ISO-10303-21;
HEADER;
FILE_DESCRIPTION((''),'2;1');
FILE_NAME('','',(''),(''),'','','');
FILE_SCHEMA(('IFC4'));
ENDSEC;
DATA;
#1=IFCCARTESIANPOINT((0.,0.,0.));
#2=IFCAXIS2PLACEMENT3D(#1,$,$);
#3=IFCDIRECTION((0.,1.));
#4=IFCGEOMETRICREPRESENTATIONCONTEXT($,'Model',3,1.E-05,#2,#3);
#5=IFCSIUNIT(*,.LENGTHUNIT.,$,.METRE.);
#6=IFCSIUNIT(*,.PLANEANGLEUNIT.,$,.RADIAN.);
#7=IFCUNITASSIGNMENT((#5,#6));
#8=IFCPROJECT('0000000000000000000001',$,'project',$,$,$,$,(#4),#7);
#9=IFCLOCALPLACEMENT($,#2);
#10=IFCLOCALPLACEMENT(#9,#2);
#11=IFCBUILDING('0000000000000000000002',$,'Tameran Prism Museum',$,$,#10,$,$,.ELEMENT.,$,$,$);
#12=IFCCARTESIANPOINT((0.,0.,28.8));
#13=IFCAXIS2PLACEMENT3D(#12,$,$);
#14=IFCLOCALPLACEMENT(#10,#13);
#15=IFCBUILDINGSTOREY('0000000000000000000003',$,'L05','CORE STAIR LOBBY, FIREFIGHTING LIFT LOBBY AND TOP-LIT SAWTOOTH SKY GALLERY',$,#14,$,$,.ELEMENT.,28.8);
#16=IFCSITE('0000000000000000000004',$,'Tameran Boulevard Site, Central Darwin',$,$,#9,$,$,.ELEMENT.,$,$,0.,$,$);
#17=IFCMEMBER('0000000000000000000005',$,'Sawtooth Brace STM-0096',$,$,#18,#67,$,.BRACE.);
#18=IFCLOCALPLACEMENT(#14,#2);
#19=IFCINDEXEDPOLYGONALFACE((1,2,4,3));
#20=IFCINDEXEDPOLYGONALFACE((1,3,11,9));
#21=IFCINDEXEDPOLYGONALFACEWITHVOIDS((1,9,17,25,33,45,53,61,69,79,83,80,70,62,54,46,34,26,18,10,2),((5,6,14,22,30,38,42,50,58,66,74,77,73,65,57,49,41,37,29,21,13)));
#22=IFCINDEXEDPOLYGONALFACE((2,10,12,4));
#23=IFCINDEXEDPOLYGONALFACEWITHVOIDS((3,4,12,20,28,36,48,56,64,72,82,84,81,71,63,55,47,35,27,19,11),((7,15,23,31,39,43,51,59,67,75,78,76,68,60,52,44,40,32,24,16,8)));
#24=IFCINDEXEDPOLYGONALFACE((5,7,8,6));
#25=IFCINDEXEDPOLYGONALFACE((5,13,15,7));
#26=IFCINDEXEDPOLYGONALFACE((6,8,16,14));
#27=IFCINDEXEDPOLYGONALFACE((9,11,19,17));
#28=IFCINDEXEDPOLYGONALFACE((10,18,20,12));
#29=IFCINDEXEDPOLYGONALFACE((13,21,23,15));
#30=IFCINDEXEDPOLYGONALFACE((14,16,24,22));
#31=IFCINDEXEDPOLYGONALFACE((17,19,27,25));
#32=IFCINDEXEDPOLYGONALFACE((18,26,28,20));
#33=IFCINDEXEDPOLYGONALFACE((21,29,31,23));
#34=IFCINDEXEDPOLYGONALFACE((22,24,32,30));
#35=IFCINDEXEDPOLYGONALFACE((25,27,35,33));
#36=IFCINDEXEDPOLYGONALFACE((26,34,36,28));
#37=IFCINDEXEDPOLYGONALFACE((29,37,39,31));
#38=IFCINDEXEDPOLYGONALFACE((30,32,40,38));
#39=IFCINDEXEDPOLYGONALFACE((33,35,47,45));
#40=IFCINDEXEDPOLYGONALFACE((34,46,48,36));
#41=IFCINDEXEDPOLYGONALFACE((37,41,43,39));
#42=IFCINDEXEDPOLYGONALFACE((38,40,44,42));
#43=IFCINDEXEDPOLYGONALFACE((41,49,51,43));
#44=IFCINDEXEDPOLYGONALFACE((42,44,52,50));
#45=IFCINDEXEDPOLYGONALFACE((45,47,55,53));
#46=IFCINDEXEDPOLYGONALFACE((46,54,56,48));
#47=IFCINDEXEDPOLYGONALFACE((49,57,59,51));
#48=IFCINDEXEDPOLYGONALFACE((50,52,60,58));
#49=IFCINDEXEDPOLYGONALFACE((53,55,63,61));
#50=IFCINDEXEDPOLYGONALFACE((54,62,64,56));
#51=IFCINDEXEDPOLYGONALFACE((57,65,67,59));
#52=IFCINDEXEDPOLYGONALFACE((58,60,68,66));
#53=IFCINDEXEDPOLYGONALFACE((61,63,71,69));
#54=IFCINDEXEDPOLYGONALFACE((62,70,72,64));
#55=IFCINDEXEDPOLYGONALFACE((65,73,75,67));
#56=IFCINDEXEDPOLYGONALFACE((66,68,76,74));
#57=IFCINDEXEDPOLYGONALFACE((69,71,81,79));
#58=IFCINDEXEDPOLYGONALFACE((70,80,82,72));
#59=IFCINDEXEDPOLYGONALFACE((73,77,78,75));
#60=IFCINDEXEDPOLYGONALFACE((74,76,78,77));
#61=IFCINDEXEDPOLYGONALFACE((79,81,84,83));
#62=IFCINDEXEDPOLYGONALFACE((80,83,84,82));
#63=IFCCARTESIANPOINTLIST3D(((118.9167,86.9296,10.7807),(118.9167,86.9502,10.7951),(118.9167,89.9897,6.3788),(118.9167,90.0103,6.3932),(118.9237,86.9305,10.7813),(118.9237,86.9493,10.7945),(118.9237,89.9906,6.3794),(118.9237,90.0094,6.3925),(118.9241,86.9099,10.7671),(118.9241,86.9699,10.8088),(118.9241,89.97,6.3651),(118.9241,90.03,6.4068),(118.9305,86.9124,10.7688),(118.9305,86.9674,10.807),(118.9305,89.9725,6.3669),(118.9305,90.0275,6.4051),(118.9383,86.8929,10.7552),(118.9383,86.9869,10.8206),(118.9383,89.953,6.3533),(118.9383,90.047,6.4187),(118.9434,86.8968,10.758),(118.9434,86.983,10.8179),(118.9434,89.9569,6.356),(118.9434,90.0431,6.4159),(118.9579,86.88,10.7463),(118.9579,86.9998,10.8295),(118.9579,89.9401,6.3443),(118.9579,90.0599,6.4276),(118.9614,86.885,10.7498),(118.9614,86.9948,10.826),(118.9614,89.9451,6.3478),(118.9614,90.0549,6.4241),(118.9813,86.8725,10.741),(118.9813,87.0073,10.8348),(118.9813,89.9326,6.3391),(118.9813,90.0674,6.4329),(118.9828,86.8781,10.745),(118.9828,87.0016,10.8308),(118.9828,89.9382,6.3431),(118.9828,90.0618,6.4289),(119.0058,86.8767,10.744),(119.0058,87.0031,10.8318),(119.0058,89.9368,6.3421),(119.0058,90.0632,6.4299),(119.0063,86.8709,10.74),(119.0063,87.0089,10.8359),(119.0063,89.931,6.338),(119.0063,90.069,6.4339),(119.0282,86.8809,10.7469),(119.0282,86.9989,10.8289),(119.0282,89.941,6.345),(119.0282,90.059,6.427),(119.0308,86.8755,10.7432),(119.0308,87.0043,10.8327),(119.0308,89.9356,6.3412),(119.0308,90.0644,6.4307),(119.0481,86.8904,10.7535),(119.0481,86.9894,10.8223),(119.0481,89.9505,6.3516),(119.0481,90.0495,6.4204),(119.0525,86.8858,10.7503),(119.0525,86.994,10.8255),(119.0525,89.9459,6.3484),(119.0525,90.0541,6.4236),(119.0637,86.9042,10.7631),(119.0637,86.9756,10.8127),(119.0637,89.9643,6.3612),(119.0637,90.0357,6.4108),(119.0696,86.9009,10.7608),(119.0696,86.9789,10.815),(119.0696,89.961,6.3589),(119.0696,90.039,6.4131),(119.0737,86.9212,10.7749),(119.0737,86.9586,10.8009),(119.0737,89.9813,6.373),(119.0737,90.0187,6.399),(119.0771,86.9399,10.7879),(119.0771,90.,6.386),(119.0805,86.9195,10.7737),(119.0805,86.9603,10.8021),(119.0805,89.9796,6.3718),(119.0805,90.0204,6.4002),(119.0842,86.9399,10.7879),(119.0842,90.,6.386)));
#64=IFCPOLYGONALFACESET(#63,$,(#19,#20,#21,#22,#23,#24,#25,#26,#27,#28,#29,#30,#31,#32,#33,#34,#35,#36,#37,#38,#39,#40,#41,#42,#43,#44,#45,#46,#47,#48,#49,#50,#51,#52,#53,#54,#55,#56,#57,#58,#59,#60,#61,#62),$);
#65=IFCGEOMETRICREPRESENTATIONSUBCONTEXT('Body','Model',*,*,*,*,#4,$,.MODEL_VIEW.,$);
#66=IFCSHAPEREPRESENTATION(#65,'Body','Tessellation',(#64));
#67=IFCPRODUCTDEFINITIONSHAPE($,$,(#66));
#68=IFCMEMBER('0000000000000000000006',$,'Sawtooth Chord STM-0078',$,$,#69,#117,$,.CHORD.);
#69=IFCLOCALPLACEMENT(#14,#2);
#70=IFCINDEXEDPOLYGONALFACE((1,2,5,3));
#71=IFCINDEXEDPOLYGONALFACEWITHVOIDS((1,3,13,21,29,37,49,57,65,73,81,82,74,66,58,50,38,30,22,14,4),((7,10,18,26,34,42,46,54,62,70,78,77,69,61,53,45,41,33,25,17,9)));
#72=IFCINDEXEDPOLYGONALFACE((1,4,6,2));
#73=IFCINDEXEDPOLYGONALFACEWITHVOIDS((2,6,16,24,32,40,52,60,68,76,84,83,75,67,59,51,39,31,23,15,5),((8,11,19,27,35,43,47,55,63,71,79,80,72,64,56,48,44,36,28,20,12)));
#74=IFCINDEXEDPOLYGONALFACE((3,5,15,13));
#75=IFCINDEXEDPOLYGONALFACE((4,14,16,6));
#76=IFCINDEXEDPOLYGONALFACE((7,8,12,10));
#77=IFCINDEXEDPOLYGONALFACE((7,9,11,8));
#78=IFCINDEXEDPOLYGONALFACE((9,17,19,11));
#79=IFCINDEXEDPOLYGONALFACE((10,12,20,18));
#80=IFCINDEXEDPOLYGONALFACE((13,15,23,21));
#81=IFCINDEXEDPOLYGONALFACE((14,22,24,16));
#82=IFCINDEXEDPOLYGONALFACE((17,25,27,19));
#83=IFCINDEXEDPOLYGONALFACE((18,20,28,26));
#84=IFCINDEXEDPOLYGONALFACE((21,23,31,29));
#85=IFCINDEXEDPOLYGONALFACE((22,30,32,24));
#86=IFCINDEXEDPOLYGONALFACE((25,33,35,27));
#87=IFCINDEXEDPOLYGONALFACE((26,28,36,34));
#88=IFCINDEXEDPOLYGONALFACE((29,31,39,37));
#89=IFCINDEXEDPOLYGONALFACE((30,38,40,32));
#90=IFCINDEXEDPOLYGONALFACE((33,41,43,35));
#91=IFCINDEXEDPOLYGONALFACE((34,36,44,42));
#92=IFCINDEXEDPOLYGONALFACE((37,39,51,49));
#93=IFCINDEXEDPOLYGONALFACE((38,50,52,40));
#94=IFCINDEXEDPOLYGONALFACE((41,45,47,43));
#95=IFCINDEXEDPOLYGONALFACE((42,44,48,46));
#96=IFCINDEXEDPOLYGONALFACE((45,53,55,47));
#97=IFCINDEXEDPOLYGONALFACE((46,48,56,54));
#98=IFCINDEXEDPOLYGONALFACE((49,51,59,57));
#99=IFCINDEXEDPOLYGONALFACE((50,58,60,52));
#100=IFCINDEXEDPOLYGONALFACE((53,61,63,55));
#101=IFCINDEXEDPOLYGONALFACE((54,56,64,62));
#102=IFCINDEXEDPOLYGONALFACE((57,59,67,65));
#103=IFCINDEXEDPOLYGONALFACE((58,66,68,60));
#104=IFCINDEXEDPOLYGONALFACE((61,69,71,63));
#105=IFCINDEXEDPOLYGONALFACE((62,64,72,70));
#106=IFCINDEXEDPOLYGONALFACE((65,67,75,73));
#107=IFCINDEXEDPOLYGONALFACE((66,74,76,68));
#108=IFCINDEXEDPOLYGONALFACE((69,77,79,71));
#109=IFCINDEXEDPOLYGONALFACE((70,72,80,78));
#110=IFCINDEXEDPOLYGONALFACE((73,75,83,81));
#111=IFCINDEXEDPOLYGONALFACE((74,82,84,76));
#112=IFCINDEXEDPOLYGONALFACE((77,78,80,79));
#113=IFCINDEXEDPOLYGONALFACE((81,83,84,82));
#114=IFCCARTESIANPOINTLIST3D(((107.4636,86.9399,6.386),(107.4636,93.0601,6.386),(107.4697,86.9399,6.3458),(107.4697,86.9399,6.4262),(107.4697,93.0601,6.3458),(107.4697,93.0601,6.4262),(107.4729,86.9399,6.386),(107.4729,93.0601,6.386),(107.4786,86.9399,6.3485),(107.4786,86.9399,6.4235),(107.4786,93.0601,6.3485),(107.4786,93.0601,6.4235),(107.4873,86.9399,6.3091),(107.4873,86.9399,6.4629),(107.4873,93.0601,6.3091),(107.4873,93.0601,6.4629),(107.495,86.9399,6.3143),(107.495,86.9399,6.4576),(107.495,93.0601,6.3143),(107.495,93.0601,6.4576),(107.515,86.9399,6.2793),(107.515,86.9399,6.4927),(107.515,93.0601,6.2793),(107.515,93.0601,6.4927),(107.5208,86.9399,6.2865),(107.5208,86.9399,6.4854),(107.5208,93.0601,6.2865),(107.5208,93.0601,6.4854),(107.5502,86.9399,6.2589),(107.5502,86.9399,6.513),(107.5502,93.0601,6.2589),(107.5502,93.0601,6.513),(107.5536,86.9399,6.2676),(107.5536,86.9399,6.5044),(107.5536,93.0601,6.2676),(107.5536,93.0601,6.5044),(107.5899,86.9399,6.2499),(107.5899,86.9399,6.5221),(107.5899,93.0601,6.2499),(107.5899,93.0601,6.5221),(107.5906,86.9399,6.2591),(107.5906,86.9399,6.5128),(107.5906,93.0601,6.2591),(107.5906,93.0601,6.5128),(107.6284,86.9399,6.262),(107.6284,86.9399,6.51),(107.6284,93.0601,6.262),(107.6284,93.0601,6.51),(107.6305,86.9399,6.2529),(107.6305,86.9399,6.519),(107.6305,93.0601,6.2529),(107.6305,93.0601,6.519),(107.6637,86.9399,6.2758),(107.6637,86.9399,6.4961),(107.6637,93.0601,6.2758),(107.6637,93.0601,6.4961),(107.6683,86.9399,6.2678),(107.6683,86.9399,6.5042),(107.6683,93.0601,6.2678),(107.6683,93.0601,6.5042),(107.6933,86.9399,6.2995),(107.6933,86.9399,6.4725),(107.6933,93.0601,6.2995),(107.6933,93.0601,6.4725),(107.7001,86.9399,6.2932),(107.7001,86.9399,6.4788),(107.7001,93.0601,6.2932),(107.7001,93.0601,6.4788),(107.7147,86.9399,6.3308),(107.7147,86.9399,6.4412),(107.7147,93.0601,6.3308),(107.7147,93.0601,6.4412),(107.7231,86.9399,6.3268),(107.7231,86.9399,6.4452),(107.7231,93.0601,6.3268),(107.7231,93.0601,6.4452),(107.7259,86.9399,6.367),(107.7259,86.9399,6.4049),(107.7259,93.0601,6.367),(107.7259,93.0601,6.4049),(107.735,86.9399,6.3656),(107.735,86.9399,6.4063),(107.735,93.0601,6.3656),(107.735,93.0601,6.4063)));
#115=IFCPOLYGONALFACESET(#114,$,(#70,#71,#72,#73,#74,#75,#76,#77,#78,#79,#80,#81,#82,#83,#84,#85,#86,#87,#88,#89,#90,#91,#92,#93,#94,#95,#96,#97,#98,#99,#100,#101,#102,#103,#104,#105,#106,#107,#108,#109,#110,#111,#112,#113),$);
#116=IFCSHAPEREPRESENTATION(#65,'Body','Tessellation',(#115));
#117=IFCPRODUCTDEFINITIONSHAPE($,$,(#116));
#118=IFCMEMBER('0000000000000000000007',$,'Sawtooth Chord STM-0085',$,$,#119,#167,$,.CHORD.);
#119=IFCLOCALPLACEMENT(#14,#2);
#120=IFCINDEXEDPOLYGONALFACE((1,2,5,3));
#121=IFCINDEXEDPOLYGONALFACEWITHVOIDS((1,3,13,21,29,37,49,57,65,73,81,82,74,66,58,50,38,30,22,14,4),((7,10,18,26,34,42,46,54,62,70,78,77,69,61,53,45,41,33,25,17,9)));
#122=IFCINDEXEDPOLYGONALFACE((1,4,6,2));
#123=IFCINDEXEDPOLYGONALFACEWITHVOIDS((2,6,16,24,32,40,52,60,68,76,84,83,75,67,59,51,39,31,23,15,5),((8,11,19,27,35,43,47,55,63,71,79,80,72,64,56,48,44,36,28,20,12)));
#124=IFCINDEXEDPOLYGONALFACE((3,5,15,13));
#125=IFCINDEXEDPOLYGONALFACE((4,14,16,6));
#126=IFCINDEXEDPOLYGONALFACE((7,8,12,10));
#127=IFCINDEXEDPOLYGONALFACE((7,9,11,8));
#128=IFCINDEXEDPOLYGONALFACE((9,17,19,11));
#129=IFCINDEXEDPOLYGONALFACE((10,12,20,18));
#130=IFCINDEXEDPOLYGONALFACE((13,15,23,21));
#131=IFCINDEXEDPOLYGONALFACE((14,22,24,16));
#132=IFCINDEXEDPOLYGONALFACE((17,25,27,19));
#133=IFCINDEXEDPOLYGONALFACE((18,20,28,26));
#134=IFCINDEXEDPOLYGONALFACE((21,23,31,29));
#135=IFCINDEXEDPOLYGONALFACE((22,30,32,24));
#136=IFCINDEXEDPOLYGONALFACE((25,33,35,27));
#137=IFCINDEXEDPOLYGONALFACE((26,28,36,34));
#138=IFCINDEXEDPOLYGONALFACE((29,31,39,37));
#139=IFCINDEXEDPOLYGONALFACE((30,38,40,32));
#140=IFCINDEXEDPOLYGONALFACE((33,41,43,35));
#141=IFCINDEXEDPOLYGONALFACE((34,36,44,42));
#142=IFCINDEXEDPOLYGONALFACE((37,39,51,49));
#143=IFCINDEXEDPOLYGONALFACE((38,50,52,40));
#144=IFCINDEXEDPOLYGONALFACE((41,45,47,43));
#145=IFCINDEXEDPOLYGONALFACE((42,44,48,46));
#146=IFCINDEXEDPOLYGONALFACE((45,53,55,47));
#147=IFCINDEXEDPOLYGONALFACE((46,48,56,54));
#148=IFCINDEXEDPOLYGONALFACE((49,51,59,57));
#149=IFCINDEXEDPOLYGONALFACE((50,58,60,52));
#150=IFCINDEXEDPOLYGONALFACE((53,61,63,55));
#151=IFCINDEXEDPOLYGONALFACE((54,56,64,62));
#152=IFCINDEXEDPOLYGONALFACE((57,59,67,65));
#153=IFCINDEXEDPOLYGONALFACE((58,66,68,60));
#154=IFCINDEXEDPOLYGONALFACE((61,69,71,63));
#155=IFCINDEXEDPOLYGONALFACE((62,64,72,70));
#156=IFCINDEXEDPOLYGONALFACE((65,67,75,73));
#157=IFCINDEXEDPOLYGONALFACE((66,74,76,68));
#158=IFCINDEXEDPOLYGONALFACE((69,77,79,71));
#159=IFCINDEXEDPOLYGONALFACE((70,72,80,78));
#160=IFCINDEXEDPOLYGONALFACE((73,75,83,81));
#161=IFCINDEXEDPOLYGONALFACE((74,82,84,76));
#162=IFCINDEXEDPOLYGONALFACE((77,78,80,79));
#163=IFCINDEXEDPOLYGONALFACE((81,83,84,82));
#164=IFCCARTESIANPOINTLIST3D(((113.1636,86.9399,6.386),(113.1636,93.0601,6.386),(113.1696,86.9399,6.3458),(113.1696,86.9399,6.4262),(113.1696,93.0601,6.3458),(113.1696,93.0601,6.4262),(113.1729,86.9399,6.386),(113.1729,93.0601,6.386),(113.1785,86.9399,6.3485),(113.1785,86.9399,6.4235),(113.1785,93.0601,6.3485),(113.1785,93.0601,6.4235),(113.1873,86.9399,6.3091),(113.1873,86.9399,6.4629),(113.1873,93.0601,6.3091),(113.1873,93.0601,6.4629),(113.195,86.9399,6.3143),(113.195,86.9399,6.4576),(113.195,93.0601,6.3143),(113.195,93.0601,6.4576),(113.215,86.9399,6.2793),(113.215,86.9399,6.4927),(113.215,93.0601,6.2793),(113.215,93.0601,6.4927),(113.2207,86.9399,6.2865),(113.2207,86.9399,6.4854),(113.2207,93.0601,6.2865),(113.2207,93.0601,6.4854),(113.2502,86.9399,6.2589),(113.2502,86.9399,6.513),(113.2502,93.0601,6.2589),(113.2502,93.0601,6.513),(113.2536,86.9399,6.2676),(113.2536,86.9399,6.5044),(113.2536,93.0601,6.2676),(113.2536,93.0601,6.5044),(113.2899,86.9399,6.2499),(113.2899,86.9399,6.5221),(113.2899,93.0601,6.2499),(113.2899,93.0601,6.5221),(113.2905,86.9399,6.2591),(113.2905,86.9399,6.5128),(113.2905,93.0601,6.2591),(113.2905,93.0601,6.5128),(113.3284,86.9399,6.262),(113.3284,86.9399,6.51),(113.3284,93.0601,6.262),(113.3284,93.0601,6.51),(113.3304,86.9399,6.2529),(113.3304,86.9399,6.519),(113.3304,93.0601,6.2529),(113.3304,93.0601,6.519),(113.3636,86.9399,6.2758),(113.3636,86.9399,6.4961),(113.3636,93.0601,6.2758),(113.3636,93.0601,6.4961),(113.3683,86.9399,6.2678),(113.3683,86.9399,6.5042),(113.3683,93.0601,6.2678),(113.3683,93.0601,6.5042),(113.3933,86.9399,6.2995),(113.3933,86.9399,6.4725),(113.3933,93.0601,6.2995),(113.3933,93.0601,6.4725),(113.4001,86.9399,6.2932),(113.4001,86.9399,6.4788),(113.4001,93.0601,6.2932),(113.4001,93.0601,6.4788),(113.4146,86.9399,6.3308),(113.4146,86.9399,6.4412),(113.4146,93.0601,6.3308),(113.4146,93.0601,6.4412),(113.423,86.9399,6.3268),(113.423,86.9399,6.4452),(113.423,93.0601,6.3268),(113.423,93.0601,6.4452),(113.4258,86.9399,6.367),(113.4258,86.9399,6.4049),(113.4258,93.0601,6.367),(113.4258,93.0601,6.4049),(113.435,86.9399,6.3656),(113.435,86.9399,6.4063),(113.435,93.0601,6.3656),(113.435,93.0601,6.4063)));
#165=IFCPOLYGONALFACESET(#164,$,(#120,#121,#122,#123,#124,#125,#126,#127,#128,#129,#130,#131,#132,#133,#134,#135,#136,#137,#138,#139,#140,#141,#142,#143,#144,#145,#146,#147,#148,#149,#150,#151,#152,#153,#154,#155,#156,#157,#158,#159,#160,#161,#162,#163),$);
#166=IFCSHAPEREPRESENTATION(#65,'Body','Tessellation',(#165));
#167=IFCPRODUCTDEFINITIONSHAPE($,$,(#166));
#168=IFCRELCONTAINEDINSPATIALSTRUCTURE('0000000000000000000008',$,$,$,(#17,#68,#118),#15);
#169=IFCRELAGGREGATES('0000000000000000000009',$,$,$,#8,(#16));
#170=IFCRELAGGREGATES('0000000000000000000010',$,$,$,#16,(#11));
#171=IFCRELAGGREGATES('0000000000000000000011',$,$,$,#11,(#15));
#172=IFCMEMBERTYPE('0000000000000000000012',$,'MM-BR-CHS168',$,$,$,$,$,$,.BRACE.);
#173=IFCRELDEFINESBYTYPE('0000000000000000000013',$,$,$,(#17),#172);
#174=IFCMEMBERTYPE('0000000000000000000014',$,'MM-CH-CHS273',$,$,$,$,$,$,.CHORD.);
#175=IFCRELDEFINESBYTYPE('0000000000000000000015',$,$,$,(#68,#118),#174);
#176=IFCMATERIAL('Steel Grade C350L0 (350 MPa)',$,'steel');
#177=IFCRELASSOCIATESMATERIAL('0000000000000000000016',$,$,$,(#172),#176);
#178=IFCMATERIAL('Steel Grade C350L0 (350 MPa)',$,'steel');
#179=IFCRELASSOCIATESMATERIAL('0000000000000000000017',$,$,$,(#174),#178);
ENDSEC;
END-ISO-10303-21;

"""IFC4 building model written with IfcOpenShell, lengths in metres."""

from ifc_helpers import new_model, si_unit, direction, frame, origin, origin_2d, place, context, subcontext, project, spatial, hollow_circle, extrude, material, material_profile, profile_set, type_object, element, save


model = new_model("IFC4")

# Units and contexts
model_context = context("Model", 3, precision=1e-05, world=origin(), true_north=direction((0.0, 1.0)))
body_context = subcontext(model_context, "Body", "Model", "MODEL_VIEW")
ifc_project = project(units=[si_unit("LENGTHUNIT", "METRE"), si_unit("PLANEANGLEUNIT", "RADIAN")], contexts=[model_context])

# Site, building, storey
site_placement = place(None, origin())
site = spatial("IfcSite", under=ifc_project, at=site_placement, Name="Tameran Boulevard Site, Central Darwin", CompositionType="ELEMENT", RefElevation=0.0)
building_placement = place(site_placement, origin())
building = spatial("IfcBuilding", under=site, at=building_placement, Name="Tameran Prism Museum", CompositionType="ELEMENT")
storey_placement = place(building_placement, frame((0.0, 0.0, 28.8)))
storey = spatial("IfcBuildingStorey", under=building, at=storey_placement, Name="L05", Description="CORE STAIR LOBBY, FIREFIGHTING LIFT LOBBY AND TOP-LIT SAWTOOTH SKY GALLERY", CompositionType="ELEMENT", Elevation=28.8)

# Members
ifc_material_1 = material(Name="Steel Grade C350L0 (350 MPa)", Category="steel")
ifc_material_profile_1 = material_profile(ifc_material_1, hollow_circle(Radius=0.0842, WallThickness=0.0071, at=origin_2d()))
ifc_profile_set_1 = profile_set([ifc_material_profile_1])
member_type_1 = type_object("IfcMemberType", Name="MM-BR-CHS168", PredefinedType="BRACE", material=ifc_profile_set_1)
member_1_placement = place(storey_placement, frame((119.0, 90.0, 6.386), z_axis=(0.0, -0.5708, 0.821089), x_axis=(1.0, 0.0, 0.0)))
element("IfcMember", 1, at=member_1_placement, inside=storey, type_object=member_type_1, Name="Sawtooth Brace STM-0096", PredefinedType="BRACE", context=body_context, shape_type="SweptSolid", body=[
    extrude(hollow_circle(Radius=0.0842, WallThickness=0.0071, at=origin_2d()), origin(), (0.0, 0.0, 1.0), 5.3611),
])
ifc_material_2 = material(Name="Steel Grade C350L0 (350 MPa)", Category="steel")
ifc_material_profile_2 = material_profile(ifc_material_2, hollow_circle(Radius=0.1365, WallThickness=0.0093, at=origin_2d()))
ifc_profile_set_2 = profile_set([ifc_material_profile_2])
member_type_2 = type_object("IfcMemberType", Name="MM-CH-CHS273", PredefinedType="CHORD", material=ifc_profile_set_2)
for number, where, z_axis, x_axis, name in (
    (2, (107.6001, 86.9399, 6.386), (0.0, 1.0, 0.0), (-1.0, 0.0, 0.0), "Sawtooth Chord STM-0078"),
    (3, (113.3, 86.9399, 6.386), (0.0, 1.0, 0.0), (-1.0, 0.0, 0.0), "Sawtooth Chord STM-0085"),
):
    element("IfcMember", number, at=place(storey_placement, frame(where, z_axis=z_axis, x_axis=x_axis)), inside=storey, type_object=member_type_2, Name=name, PredefinedType="CHORD", context=body_context, shape_type="SweptSolid", body=[
        extrude(hollow_circle(Radius=0.1365, WallThickness=0.0093, at=origin_2d()), origin(), (0.0, 0.0, 1.0), 6.1201),
    ])

save(model, "model.ifc")
